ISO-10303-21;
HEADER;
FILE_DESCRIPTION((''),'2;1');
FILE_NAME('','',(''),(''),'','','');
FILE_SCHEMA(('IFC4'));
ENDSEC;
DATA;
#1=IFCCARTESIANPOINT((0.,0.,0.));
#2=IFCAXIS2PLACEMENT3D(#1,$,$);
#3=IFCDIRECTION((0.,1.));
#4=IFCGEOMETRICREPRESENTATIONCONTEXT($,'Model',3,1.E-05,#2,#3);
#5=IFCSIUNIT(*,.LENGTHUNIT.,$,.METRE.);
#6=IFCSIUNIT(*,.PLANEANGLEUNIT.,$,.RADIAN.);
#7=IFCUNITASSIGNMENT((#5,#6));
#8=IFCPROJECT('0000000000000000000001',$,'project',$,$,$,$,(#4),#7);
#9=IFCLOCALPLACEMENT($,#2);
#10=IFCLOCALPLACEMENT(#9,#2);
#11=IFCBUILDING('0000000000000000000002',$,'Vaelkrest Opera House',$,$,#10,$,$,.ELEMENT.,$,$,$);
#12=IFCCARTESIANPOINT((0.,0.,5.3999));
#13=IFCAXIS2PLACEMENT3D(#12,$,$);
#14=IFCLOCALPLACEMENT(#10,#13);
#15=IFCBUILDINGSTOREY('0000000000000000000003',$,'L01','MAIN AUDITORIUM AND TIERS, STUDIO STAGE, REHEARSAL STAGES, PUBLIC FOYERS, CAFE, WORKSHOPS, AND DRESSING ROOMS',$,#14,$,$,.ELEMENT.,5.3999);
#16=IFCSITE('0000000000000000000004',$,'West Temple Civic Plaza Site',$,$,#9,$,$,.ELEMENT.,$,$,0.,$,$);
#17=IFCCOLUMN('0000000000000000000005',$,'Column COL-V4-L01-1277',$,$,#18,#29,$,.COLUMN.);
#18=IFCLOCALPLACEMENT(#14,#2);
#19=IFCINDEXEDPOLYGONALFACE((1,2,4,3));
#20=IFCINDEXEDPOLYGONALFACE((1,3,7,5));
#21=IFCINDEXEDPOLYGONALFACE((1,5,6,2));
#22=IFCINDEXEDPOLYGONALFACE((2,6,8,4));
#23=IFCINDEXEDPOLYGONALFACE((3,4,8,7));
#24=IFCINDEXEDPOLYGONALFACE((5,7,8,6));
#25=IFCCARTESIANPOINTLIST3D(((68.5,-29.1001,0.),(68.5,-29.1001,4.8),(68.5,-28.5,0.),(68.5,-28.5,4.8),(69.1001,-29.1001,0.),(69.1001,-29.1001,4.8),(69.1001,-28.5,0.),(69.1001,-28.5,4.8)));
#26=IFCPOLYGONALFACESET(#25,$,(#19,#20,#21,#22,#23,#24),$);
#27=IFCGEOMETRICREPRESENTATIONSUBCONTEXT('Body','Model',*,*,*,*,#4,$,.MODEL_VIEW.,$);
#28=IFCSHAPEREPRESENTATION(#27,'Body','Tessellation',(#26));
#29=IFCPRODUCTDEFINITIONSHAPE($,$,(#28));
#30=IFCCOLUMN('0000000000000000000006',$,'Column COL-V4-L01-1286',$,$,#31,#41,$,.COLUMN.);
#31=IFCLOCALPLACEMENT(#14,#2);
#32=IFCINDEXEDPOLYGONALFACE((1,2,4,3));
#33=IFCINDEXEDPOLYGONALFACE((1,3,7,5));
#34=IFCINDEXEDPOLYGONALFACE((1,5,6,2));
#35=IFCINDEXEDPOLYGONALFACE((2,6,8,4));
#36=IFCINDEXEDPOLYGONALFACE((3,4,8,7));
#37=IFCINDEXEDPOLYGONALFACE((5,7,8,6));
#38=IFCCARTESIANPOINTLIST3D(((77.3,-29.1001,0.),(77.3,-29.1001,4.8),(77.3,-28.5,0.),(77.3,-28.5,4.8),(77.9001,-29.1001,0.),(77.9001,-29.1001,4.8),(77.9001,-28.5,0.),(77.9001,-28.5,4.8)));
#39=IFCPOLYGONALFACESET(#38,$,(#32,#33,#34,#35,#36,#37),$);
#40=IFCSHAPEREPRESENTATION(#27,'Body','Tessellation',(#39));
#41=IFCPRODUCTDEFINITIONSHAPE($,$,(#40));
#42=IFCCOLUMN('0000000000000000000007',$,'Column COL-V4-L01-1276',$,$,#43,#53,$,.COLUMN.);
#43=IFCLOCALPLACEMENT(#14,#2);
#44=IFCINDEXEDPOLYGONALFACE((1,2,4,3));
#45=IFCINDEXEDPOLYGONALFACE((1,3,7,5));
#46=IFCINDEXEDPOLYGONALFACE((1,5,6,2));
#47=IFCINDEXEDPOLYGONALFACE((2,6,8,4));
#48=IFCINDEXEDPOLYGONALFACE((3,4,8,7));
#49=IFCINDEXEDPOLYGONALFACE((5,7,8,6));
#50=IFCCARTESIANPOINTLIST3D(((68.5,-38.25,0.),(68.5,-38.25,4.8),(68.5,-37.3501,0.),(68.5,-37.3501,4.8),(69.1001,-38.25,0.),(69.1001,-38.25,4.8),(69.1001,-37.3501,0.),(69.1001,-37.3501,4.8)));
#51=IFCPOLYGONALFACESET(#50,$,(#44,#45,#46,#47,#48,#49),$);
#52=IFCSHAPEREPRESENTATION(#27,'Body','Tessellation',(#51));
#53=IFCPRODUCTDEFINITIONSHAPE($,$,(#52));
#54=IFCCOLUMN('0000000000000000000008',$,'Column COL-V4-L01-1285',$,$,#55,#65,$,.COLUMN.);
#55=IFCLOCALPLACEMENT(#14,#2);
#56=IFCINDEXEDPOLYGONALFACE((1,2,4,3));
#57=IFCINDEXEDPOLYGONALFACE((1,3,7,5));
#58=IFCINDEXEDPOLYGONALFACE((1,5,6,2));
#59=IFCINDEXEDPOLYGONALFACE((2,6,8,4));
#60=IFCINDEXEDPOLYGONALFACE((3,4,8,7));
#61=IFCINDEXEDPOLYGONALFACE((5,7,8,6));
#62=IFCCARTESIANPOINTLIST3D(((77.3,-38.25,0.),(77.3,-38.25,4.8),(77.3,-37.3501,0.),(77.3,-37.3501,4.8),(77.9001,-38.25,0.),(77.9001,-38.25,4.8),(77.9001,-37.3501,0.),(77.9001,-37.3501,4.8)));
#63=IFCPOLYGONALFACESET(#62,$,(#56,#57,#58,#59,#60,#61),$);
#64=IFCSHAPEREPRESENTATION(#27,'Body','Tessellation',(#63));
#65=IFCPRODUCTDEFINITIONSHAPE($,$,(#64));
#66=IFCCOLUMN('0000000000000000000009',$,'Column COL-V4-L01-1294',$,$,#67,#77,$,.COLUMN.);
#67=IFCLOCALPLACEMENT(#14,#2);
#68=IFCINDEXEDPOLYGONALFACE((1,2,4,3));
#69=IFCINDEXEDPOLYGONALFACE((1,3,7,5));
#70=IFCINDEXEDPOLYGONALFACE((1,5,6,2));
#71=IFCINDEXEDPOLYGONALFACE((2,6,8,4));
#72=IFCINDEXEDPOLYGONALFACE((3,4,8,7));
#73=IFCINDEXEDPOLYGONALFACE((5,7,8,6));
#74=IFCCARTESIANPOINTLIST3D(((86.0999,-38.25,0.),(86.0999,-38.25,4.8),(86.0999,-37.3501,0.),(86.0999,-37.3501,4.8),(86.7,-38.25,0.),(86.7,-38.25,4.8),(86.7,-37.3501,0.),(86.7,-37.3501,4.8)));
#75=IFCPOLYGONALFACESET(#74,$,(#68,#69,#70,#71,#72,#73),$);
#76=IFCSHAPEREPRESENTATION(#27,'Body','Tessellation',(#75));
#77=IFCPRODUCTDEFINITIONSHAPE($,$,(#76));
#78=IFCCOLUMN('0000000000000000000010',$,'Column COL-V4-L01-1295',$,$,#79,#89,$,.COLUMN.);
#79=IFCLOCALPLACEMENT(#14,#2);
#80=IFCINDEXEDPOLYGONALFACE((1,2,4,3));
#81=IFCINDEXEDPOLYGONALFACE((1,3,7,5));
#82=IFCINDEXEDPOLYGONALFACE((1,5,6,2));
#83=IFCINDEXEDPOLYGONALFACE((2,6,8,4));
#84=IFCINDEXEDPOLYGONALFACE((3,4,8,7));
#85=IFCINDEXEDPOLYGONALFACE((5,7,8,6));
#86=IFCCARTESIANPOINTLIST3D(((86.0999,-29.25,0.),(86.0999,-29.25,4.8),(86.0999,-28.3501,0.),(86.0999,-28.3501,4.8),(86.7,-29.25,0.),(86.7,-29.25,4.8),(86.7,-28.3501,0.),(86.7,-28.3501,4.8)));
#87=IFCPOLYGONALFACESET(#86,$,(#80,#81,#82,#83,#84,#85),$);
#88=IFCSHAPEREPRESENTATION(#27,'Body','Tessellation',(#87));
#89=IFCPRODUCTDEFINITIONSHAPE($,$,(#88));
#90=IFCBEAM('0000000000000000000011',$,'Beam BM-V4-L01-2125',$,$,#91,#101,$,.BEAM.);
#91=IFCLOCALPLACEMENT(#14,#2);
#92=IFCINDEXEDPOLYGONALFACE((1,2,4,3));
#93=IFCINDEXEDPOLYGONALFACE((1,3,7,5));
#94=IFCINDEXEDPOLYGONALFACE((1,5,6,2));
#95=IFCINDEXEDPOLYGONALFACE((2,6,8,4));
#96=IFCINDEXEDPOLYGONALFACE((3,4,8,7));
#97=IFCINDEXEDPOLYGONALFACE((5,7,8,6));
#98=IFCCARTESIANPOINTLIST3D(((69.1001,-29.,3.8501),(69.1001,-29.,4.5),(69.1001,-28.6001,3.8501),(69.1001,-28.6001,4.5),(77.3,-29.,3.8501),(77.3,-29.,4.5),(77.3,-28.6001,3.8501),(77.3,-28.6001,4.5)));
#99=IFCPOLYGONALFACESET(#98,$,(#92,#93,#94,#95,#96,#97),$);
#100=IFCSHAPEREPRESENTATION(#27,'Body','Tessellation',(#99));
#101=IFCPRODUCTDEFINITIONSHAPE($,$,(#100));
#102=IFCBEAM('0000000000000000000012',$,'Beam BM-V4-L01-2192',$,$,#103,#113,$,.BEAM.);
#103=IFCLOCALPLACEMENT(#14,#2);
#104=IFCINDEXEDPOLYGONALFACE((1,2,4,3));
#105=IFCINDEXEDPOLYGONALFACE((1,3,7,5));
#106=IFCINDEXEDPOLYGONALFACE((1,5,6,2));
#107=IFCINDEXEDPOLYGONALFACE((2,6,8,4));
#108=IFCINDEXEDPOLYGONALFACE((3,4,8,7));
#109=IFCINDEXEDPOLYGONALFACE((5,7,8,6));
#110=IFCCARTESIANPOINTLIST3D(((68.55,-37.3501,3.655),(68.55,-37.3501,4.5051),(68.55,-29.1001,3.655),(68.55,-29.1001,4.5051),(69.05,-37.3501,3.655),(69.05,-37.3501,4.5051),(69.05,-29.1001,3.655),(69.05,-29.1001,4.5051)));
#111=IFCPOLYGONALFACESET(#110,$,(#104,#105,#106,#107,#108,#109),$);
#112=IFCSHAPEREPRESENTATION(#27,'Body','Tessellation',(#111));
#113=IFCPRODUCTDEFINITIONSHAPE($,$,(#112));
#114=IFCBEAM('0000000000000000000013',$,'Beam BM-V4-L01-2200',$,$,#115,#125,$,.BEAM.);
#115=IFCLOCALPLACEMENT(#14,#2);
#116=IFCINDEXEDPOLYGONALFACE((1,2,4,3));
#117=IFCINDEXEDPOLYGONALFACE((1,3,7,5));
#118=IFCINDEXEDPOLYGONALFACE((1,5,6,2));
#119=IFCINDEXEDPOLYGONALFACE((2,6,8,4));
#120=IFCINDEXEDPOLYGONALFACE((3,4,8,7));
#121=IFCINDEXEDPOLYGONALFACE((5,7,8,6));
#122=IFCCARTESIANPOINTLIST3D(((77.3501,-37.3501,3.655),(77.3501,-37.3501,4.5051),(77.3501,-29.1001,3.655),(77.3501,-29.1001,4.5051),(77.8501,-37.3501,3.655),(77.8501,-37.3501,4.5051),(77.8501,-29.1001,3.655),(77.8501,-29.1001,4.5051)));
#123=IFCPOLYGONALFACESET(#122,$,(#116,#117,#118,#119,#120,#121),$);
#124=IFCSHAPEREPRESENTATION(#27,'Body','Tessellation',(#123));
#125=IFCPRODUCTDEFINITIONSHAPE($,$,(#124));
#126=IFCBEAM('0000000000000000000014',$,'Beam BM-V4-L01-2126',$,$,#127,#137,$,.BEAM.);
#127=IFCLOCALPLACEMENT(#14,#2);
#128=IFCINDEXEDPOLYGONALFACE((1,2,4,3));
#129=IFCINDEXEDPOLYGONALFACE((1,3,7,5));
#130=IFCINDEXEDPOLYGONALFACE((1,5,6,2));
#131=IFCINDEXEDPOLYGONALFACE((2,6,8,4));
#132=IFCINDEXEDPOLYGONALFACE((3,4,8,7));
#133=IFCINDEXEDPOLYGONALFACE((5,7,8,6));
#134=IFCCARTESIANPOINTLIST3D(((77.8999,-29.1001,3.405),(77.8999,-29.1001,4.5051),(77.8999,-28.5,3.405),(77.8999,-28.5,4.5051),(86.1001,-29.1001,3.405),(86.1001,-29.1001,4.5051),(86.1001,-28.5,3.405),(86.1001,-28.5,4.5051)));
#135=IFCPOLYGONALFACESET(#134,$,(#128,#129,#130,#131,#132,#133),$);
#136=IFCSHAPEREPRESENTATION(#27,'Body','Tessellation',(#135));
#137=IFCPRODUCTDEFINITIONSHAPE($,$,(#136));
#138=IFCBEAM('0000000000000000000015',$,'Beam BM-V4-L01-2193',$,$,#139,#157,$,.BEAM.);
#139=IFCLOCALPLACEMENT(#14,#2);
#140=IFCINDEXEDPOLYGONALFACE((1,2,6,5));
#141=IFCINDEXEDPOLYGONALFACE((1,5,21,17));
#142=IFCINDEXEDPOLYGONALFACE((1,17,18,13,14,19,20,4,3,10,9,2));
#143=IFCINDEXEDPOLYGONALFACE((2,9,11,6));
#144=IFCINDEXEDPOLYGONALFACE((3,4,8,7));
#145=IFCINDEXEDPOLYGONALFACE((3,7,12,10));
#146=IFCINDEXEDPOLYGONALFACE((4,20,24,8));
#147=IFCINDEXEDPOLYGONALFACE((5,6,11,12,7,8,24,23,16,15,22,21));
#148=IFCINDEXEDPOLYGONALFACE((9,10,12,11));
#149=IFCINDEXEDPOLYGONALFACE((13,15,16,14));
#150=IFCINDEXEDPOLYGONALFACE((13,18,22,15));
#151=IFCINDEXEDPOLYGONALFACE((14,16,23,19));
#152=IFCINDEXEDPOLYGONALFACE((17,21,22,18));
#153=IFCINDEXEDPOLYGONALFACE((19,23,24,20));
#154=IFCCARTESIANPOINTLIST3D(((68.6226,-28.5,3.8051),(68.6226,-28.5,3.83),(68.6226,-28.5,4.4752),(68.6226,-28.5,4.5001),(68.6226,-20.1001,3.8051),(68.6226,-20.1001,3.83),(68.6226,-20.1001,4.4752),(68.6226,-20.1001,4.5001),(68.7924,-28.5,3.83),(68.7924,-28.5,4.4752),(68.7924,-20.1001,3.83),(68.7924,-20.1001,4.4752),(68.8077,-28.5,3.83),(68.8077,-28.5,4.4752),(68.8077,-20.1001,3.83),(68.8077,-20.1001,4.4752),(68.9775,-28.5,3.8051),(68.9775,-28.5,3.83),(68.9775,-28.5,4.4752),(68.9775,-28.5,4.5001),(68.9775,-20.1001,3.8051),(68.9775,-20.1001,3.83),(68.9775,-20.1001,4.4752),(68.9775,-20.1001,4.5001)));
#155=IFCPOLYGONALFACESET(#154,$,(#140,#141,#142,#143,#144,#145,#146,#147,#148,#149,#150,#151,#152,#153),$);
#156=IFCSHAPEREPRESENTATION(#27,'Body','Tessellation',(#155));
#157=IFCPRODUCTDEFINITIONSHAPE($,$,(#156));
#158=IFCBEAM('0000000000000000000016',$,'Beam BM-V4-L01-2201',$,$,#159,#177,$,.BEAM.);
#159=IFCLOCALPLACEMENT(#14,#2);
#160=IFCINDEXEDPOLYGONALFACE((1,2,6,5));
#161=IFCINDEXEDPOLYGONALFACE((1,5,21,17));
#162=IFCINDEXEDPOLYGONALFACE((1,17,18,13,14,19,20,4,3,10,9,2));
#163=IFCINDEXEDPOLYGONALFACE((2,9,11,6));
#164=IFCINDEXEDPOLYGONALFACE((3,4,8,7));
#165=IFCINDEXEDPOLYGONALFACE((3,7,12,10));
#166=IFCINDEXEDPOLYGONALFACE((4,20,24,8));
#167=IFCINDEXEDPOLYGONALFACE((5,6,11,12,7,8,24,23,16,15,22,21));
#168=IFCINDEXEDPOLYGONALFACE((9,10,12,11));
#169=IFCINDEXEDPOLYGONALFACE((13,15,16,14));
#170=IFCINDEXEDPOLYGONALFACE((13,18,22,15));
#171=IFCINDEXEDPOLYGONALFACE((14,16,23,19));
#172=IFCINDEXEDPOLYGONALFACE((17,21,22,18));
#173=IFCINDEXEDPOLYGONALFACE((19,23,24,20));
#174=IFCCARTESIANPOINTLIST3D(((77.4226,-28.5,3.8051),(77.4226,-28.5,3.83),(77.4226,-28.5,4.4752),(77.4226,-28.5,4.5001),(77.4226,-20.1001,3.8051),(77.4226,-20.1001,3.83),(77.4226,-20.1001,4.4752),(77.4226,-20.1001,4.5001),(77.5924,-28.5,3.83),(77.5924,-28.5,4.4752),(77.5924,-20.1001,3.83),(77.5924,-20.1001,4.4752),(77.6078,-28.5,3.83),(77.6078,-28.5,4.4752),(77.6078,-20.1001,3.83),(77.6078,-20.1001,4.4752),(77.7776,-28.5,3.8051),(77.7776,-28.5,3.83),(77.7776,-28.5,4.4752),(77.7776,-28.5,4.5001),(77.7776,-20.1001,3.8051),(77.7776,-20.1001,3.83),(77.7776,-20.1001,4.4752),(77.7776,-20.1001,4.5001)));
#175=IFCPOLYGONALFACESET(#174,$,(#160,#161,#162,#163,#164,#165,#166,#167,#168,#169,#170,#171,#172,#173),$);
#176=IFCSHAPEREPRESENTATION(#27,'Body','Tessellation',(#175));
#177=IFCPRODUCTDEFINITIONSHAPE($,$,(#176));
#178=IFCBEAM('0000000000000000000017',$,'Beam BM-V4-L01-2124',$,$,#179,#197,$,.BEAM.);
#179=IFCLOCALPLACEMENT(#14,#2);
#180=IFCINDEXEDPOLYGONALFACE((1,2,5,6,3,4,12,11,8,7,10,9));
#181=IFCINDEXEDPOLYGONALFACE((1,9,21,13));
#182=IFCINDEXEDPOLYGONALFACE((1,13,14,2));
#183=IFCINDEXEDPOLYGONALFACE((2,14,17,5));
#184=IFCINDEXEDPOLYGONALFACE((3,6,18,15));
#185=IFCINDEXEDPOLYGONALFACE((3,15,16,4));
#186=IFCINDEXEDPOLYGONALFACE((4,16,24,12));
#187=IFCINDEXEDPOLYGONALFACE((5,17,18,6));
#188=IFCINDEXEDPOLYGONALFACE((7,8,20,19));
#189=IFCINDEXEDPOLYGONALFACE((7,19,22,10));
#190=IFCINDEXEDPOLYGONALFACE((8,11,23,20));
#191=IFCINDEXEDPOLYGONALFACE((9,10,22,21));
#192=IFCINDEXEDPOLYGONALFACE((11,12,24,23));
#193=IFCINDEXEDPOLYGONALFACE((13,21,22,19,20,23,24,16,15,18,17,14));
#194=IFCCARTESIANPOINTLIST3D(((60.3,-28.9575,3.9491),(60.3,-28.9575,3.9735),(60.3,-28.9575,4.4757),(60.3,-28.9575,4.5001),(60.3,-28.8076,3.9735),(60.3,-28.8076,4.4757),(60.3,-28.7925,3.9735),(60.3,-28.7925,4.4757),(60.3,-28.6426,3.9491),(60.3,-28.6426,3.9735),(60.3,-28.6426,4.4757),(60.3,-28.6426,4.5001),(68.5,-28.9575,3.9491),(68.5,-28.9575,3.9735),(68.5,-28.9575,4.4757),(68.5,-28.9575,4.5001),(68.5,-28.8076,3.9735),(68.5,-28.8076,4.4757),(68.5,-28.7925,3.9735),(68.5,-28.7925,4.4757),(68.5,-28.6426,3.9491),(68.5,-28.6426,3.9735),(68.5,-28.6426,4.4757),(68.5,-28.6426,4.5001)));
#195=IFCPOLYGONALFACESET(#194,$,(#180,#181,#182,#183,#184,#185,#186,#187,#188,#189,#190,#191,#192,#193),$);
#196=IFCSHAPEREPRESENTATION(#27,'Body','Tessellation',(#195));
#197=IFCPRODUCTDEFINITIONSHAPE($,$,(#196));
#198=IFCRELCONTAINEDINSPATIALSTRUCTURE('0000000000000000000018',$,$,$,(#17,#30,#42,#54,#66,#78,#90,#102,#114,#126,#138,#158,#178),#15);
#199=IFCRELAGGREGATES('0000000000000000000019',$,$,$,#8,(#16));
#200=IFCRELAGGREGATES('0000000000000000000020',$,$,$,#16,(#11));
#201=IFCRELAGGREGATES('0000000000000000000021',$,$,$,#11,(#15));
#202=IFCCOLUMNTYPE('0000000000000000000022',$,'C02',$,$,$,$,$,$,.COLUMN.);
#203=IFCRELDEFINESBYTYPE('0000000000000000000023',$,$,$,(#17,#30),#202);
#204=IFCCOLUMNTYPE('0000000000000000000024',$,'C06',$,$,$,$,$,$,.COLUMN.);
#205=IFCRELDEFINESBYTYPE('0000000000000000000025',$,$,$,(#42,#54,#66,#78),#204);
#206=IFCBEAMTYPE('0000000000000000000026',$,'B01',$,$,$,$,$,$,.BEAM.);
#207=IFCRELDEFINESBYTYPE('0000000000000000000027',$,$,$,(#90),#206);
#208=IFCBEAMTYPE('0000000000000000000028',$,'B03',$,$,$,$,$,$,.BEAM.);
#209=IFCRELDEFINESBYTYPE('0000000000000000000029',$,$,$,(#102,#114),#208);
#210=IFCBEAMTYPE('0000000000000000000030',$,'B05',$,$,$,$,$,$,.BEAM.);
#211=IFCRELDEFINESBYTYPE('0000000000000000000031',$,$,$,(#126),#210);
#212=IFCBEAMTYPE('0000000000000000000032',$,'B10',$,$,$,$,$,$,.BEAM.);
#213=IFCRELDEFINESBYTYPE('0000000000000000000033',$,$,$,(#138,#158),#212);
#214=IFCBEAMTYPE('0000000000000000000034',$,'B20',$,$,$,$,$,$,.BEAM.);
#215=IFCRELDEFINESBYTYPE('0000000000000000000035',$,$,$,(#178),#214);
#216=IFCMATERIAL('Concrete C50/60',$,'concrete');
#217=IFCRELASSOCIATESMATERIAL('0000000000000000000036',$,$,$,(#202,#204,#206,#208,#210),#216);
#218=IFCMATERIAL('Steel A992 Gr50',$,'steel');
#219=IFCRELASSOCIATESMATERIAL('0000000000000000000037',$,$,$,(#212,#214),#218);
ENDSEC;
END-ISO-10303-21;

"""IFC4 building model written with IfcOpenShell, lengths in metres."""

from ifc_helpers import new_model, si_unit, direction, frame, origin, origin_2d, place, context, subcontext, project, spatial, rectangle, i_section, extrude, material, material_profile, profile_set, type_object, element, save


model = new_model("IFC4")

# Units and contexts
model_context = context("Model", 3, precision=1e-05, world=origin(), true_north=direction((0.0, 1.0)))
body_context = subcontext(model_context, "Body", "Model", "MODEL_VIEW")
ifc_project = project(units=[si_unit("LENGTHUNIT", "METRE"), si_unit("PLANEANGLEUNIT", "RADIAN")], contexts=[model_context])

# Site, building, storey
site_placement = place(None, origin())
site = spatial("IfcSite", under=ifc_project, at=site_placement, Name="West Temple Civic Plaza Site", CompositionType="ELEMENT", RefElevation=0.0)
building_placement = place(site_placement, origin())
building = spatial("IfcBuilding", under=site, at=building_placement, Name="Vaelkrest Opera House", CompositionType="ELEMENT")
storey_placement = place(building_placement, frame((0.0, 0.0, 5.3999)))
storey = spatial("IfcBuildingStorey", under=building, at=storey_placement, Name="L01", Description="MAIN AUDITORIUM AND TIERS, STUDIO STAGE, REHEARSAL STAGES, PUBLIC FOYERS, CAFE, WORKSHOPS, AND DRESSING ROOMS", CompositionType="ELEMENT", Elevation=5.3999)

# Columns
ifc_material_1 = material(Name="Concrete C50/60", Category="concrete")
ifc_material_profile_1 = material_profile(ifc_material_1, rectangle(XDim=0.6001, YDim=0.6001, at=origin_2d()), Name="RC600X600")
ifc_profile_set_1 = profile_set([ifc_material_profile_1], Name="Concrete C50/60")
column_type_1 = type_object("IfcColumnType", Name="C02", PredefinedType="COLUMN", material=ifc_profile_set_1)
for number, where, z_axis, x_axis, name in (
    (1, (68.8, -28.8, 0.0), (0.0, 0.0, 1.0), (1.0, 0.0, 0.0), "Column COL-V4-L01-1277"),
    (2, (77.6001, -28.8, 0.0), (0.0, 0.0, 1.0), (1.0, 0.0, 0.0), "Column COL-V4-L01-1286"),
):
    element("IfcColumn", number, at=place(storey_placement, frame(where, z_axis=z_axis, x_axis=x_axis)), inside=storey, type_object=column_type_1, Name=name, PredefinedType="COLUMN", context=body_context, shape_type="SweptSolid", body=[
        extrude(rectangle(XDim=0.6001, YDim=0.6001, at=origin_2d()), origin(), (0.0, 0.0, 1.0), 4.8),
    ])
ifc_material_profile_2 = material_profile(ifc_material_1, rectangle(XDim=0.6001, YDim=0.8999, at=origin_2d()), Name="RC600X900")
ifc_profile_set_2 = profile_set([ifc_material_profile_2], Name="Concrete C50/60")
column_type_2 = type_object("IfcColumnType", Name="C06", PredefinedType="COLUMN", material=ifc_profile_set_2)
for number, where, z_axis, x_axis, name in (
    (3, (68.8, -37.8, 0.0), (0.0, 0.0, 1.0), (1.0, 0.0, 0.0), "Column COL-V4-L01-1276"),
    (4, (77.6001, -37.8, 0.0), (0.0, 0.0, 1.0), (1.0, 0.0, 0.0), "Column COL-V4-L01-1285"),
    (5, (86.3999, -37.8, 0.0), (0.0, 0.0, 1.0), (1.0, 0.0, 0.0), "Column COL-V4-L01-1294"),
    (6, (86.3999, -28.8, 0.0), (0.0, 0.0, 1.0), (1.0, 0.0, 0.0), "Column COL-V4-L01-1295"),
):
    element("IfcColumn", number, at=place(storey_placement, frame(where, z_axis=z_axis, x_axis=x_axis)), inside=storey, type_object=column_type_2, Name=name, PredefinedType="COLUMN", context=body_context, shape_type="SweptSolid", body=[
        extrude(rectangle(XDim=0.6001, YDim=0.8999, at=origin_2d()), origin(), (0.0, 0.0, 1.0), 4.8),
    ])

# Beams
ifc_material_profile_3 = material_profile(ifc_material_1, rectangle(XDim=0.3999, YDim=0.6499, at=origin_2d()), Name="RCB400X650")
ifc_profile_set_3 = profile_set([ifc_material_profile_3], Name="Concrete C50/60")
beam_type_1 = type_object("IfcBeamType", Name="B01", PredefinedType="BEAM", material=ifc_profile_set_3)
beam_1_placement = place(storey_placement, frame((69.1001, -28.8, 4.175), z_axis=(1.0, 0.0, 0.0), x_axis=(0.0, 1.0, 0.0)))
element("IfcBeam", 7, at=beam_1_placement, inside=storey, type_object=beam_type_1, Name="Beam BM-V4-L01-2125", PredefinedType="BEAM", context=body_context, shape_type="SweptSolid", body=[
    extrude(rectangle(XDim=0.3999, YDim=0.6499, at=origin_2d()), origin(), (0.0, 0.0, 1.0), 8.2),
])
ifc_material_profile_4 = material_profile(ifc_material_1, rectangle(XDim=0.5, YDim=0.8501, at=origin_2d()), Name="RCB500X850")
ifc_profile_set_4 = profile_set([ifc_material_profile_4], Name="Concrete C50/60")
beam_type_2 = type_object("IfcBeamType", Name="B03", PredefinedType="BEAM", material=ifc_profile_set_4)
for number, where, z_axis, x_axis, name in (
    (8, (68.8, -37.3501, 4.0801), (0.0, 1.0, 0.0), (-1.0, 0.0, 0.0), "Beam BM-V4-L01-2192"),
    (9, (77.6001, -37.3501, 4.0801), (0.0, 1.0, 0.0), (-1.0, 0.0, 0.0), "Beam BM-V4-L01-2200"),
):
    element("IfcBeam", number, at=place(storey_placement, frame(where, z_axis=z_axis, x_axis=x_axis)), inside=storey, type_object=beam_type_2, Name=name, PredefinedType="BEAM", context=body_context, shape_type="SweptSolid", body=[
        extrude(rectangle(XDim=0.5, YDim=0.8501, at=origin_2d()), origin(), (0.0, 0.0, 1.0), 8.25),
    ])
ifc_material_profile_5 = material_profile(ifc_material_1, rectangle(XDim=0.6001, YDim=1.1001, at=origin_2d()), Name="RCB600X1100")
ifc_profile_set_5 = profile_set([ifc_material_profile_5], Name="Concrete C50/60")
beam_type_3 = type_object("IfcBeamType", Name="B05", PredefinedType="BEAM", material=ifc_profile_set_5)
beam_2_placement = place(storey_placement, frame((77.8999, -28.8, 3.9551), z_axis=(1.0, 0.0, 0.0), x_axis=(0.0, 1.0, 0.0)))
element("IfcBeam", 10, at=beam_2_placement, inside=storey, type_object=beam_type_3, Name="Beam BM-V4-L01-2126", PredefinedType="BEAM", context=body_context, shape_type="SweptSolid", body=[
    extrude(rectangle(XDim=0.6001, YDim=1.1001, at=origin_2d()), origin(), (0.0, 0.0, 1.0), 8.2002),
])
ifc_material_2 = material(Name="Steel A992 Gr50", Category="steel")
ifc_material_profile_6 = material_profile(ifc_material_2, i_section(OverallWidth=0.355, OverallDepth=0.6951, WebThickness=0.0154, FlangeThickness=0.0249, at=origin_2d()), Name="W27X146")
ifc_profile_set_6 = profile_set([ifc_material_profile_6], Name="Steel A992 Gr50")
beam_type_4 = type_object("IfcBeamType", Name="B10", PredefinedType="BEAM", material=ifc_profile_set_6)
for number, where, z_axis, x_axis, name in (
    (11, (68.8, -28.5, 4.1526), (0.0, 1.0, 0.0), (-1.0, 0.0, 0.0), "Beam BM-V4-L01-2193"),
    (12, (77.6001, -28.5, 4.1526), (0.0, 1.0, 0.0), (-1.0, 0.0, 0.0), "Beam BM-V4-L01-2201"),
):
    element("IfcBeam", number, at=place(storey_placement, frame(where, z_axis=z_axis, x_axis=x_axis)), inside=storey, type_object=beam_type_4, Name=name, PredefinedType="BEAM", context=body_context, shape_type="SweptSolid", body=[
        extrude(i_section(OverallWidth=0.355, OverallDepth=0.6951, WebThickness=0.0154, FlangeThickness=0.0249, at=origin_2d()), origin(), (0.0, 0.0, 1.0), 8.3999),
    ])
ifc_material_profile_7 = material_profile(ifc_material_2, i_section(OverallWidth=0.3149, OverallDepth=0.551, WebThickness=0.0151, FlangeThickness=0.0244, at=origin_2d()), Name="W21X122")
ifc_profile_set_7 = profile_set([ifc_material_profile_7], Name="Steel A992 Gr50")
beam_type_5 = type_object("IfcBeamType", Name="B20", PredefinedType="BEAM", material=ifc_profile_set_7)
beam_3_placement = place(storey_placement, frame((60.3, -28.8, 4.2246), z_axis=(1.0, 0.0, 0.0), x_axis=(0.0, 1.0, 0.0)))
element("IfcBeam", 13, at=beam_3_placement, inside=storey, type_object=beam_type_5, Name="Beam BM-V4-L01-2124", PredefinedType="BEAM", context=body_context, shape_type="SweptSolid", body=[
    extrude(i_section(OverallWidth=0.3149, OverallDepth=0.551, WebThickness=0.0151, FlangeThickness=0.0244, at=origin_2d()), origin(), (0.0, 0.0, 1.0), 8.2),
])

save(model, "model.ifc")
